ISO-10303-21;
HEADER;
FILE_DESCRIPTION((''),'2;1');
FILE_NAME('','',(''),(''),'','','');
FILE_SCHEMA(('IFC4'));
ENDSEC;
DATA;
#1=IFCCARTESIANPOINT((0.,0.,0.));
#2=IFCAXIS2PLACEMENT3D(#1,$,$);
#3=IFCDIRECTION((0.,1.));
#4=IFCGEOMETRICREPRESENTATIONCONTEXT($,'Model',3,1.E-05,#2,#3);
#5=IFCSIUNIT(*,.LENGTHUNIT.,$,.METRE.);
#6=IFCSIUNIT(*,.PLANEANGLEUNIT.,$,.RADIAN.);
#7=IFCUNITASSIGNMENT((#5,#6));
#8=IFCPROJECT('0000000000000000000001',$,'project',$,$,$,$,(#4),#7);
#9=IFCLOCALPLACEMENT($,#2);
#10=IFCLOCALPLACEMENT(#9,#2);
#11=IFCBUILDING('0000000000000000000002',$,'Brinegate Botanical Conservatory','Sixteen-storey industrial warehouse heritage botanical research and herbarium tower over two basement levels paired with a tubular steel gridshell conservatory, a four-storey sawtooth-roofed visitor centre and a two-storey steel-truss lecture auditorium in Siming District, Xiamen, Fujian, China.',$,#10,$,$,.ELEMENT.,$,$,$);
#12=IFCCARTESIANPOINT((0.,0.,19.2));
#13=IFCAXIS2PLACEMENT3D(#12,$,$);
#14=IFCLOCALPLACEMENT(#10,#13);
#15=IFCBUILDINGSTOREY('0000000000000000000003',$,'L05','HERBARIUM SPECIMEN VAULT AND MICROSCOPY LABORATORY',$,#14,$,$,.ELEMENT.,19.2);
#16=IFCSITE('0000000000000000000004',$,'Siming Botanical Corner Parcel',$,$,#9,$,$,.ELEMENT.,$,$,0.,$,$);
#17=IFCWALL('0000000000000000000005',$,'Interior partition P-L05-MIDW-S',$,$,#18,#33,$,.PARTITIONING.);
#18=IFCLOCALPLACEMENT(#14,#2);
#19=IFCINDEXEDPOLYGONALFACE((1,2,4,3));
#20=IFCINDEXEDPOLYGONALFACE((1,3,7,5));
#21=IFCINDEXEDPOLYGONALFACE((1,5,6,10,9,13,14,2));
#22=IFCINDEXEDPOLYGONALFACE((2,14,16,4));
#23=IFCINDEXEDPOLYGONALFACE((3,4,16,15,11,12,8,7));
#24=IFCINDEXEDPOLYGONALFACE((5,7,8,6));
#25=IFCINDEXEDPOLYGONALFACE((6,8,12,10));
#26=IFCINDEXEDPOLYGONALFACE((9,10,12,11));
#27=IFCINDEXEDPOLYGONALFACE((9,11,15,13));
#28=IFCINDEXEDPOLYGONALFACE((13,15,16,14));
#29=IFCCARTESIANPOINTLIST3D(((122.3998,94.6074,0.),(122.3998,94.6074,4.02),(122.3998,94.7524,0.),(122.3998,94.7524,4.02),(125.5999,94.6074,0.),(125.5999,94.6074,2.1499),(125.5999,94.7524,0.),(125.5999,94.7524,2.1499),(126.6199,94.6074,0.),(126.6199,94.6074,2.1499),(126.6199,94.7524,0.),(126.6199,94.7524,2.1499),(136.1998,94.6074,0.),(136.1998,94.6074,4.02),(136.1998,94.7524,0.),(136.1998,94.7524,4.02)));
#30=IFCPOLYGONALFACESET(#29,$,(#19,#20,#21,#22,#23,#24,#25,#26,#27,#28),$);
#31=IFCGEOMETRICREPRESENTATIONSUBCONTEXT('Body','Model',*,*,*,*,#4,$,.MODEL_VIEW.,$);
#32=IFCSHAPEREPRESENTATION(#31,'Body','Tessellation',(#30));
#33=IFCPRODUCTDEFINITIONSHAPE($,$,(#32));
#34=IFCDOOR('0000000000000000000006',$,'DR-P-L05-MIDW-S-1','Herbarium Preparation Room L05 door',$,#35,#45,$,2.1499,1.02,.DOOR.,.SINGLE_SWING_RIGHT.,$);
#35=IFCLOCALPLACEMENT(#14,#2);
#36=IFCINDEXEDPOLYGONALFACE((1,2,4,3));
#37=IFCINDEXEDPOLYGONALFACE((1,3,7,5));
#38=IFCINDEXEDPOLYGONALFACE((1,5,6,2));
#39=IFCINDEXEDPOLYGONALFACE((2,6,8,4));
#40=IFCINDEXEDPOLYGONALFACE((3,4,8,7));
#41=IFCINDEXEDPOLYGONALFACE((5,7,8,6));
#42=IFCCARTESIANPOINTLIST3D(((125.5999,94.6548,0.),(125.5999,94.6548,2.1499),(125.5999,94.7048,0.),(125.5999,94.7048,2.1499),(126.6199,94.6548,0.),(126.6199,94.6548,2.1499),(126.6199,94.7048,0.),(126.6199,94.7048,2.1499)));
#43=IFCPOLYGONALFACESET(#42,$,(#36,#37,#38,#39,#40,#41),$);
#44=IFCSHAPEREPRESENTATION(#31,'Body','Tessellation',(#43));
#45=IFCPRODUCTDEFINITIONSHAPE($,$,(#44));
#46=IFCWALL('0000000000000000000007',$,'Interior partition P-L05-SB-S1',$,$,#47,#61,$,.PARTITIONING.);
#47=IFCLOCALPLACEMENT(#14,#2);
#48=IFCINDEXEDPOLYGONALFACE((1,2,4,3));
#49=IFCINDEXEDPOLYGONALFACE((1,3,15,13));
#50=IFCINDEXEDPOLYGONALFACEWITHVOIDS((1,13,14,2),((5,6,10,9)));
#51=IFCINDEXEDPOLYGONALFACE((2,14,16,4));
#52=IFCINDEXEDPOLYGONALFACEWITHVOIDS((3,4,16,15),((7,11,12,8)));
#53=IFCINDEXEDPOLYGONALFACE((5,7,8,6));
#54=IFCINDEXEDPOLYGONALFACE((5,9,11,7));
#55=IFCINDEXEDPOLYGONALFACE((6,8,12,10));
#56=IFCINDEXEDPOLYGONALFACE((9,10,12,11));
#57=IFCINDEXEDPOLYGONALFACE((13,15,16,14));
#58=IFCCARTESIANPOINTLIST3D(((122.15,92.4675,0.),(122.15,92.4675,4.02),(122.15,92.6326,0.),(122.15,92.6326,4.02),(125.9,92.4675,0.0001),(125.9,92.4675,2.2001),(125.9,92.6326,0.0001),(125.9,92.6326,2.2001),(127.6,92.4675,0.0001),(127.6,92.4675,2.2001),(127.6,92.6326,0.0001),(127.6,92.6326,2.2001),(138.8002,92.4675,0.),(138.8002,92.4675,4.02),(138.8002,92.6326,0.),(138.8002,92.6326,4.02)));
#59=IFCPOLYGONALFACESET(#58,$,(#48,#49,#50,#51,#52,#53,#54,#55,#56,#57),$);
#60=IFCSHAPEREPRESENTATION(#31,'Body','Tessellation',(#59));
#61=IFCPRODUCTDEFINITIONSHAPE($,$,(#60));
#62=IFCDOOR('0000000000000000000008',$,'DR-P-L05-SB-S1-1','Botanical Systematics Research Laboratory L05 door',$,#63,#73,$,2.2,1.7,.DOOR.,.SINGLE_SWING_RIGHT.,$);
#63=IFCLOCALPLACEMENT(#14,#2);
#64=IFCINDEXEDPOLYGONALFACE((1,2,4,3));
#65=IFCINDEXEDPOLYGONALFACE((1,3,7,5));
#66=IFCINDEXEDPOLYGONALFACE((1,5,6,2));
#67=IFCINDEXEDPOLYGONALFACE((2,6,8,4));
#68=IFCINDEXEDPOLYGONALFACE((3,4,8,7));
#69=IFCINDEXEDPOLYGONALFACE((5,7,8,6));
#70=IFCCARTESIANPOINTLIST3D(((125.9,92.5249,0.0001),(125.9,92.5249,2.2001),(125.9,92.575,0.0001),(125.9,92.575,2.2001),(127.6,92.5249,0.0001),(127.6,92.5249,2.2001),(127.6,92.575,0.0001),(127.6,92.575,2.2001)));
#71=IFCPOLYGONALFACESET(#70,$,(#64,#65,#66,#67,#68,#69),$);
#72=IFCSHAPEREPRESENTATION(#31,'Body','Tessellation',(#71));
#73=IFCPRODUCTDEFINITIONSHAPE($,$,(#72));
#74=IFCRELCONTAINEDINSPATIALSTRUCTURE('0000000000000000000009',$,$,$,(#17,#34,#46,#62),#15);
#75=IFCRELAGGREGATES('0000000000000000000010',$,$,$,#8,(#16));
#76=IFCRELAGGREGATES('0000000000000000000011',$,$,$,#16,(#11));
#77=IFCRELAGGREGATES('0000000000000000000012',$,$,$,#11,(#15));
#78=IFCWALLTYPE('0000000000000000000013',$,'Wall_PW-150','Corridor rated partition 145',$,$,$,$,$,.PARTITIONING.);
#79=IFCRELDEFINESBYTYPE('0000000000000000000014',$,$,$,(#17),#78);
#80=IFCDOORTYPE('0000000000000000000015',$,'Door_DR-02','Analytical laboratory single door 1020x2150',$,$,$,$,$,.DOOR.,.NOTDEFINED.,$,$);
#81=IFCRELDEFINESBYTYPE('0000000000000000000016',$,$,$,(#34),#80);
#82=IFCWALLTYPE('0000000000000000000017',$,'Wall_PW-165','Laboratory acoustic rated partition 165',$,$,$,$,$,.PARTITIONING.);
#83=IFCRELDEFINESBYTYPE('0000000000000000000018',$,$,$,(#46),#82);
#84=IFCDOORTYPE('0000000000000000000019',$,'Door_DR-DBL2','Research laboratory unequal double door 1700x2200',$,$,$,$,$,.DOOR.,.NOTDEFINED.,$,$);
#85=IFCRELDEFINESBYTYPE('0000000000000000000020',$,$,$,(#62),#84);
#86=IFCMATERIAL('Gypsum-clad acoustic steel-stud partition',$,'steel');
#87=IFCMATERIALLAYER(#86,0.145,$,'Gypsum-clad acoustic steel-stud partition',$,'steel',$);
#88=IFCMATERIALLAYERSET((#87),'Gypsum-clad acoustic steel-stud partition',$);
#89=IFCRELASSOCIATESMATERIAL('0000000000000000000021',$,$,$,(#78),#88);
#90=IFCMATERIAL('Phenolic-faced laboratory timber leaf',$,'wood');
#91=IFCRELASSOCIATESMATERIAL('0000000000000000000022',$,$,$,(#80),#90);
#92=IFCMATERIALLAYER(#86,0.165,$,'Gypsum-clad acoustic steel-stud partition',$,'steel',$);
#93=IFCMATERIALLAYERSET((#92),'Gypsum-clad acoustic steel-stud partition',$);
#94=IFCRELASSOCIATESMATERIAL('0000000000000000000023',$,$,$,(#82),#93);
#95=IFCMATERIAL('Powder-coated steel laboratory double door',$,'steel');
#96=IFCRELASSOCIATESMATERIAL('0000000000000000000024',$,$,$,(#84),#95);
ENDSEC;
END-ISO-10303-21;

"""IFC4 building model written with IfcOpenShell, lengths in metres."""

from ifc_helpers import new_model, si_unit, direction, frame, frame_2d, origin, place, context, subcontext, project, spatial, rectangle, extrude, material, layer, layer_set, type_object, element, fill, save


model = new_model("IFC4")

# Units and contexts
model_context = context("Model", 3, precision=1e-05, world=origin(), true_north=direction((0.0, 1.0)))
body_context = subcontext(model_context, "Body", "Model", "MODEL_VIEW")
ifc_project = project(units=[si_unit("LENGTHUNIT", "METRE"), si_unit("PLANEANGLEUNIT", "RADIAN")], contexts=[model_context])

# Site, building, storey
site_placement = place(None, origin())
site = spatial("IfcSite", under=ifc_project, at=site_placement, Name="Siming Botanical Corner Parcel", CompositionType="ELEMENT", RefElevation=0.0)
building_placement = place(site_placement, origin())
building = spatial("IfcBuilding", under=site, at=building_placement, Name="Brinegate Botanical Conservatory", Description="Sixteen-storey industrial warehouse heritage botanical research and herbarium tower over two basement levels paired with a tubular steel gridshell conservatory, a four-storey sawtooth-roofed visitor centre and a two-storey steel-truss lecture auditorium in Siming District, Xiamen, Fujian, China.", CompositionType="ELEMENT")
storey_placement = place(building_placement, frame((0.0, 0.0, 19.2)))
storey = spatial("IfcBuildingStorey", under=building, at=storey_placement, Name="L05", Description="HERBARIUM SPECIMEN VAULT AND MICROSCOPY LABORATORY", CompositionType="ELEMENT", Elevation=19.2)

# Walls, openings, doors
ifc_material_1 = material(Name="Gypsum-clad acoustic steel-stud partition", Category="steel")
ifc_layer_1 = layer(ifc_material_1, 0.145, Name="Gypsum-clad acoustic steel-stud partition", Category="steel")
ifc_layer_set_1 = layer_set([ifc_layer_1], Name="Gypsum-clad acoustic steel-stud partition")
wall_type_1 = type_object("IfcWallType", Name="Wall_PW-150", Description="Corridor rated partition 145", PredefinedType="PARTITIONING", material=ifc_layer_set_1)
wall_1_placement = place(storey_placement, frame((122.3999, 94.6799, 0.0), z_axis=(0.0, 0.0, 1.0), x_axis=(1.0, 0.0, 0.0)))
wall_1 = element("IfcWall", 1, at=wall_1_placement, inside=storey, type_object=wall_type_1, Name="Interior partition P-L05-MIDW-S", PredefinedType="PARTITIONING", context=body_context, shape_type="SweptSolid", body=[
    extrude(rectangle(XDim=13.8, YDim=0.145, at=frame_2d((6.8999, 0.0))), origin(), (0.0, 0.0, 1.0), 4.02),
])
opening_1_placement = place(wall_1_placement, frame((3.2, 0.0, 0.0)))
opening_1 = element("IfcOpeningElement", 2, at=opening_1_placement, cuts=wall_1, PredefinedType="OPENING", context=body_context, shape_type="SweptSolid", body=[
    extrude(rectangle(XDim=1.02, YDim=2.1499, at=frame_2d((0.51, 1.075))), frame((0.0, 0.0825, 0.0), z_axis=(0.0, -1.0, 0.0), x_axis=(1.0, 0.0, 0.0)), (0.0, 0.0, 1.0), 0.165),
])
ifc_material_2 = material(Name="Phenolic-faced laboratory timber leaf", Category="wood")
door_type_1 = type_object("IfcDoorType", Name="Door_DR-02", Description="Analytical laboratory single door 1020x2150", OperationType="NOTDEFINED", PredefinedType="DOOR", material=ifc_material_2)
door_1_placement = place(opening_1_placement, origin())
door_1 = element("IfcDoor", 3, at=door_1_placement, inside=storey, type_object=door_type_1, Name="DR-P-L05-MIDW-S-1", Description="Herbarium Preparation Room L05 door", OperationType="SINGLE_SWING_RIGHT", OverallHeight=2.1499, OverallWidth=1.02, PredefinedType="DOOR", context=body_context, shape_type="SweptSolid", body=[
    extrude(rectangle(XDim=1.02, YDim=2.1499, at=frame_2d((0.51, 1.075))), frame((0.0, 0.0249, 0.0), z_axis=(0.0, -1.0, 0.0), x_axis=(1.0, 0.0, 0.0)), (0.0, 0.0, 1.0), 0.05),
])
fill(opening_1, door_1)
ifc_layer_2 = layer(ifc_material_1, 0.165, Name="Gypsum-clad acoustic steel-stud partition", Category="steel")
ifc_layer_set_2 = layer_set([ifc_layer_2], Name="Gypsum-clad acoustic steel-stud partition")
wall_type_2 = type_object("IfcWallType", Name="Wall_PW-165", Description="Laboratory acoustic rated partition 165", PredefinedType="PARTITIONING", material=ifc_layer_set_2)
wall_2_placement = place(storey_placement, frame((122.1499, 92.55, 0.0), z_axis=(0.0, 0.0, 1.0), x_axis=(1.0, 0.0, 0.0)))
wall_2 = element("IfcWall", 4, at=wall_2_placement, inside=storey, type_object=wall_type_2, Name="Interior partition P-L05-SB-S1", PredefinedType="PARTITIONING", context=body_context, shape_type="SweptSolid", body=[
    extrude(rectangle(XDim=16.6501, YDim=0.165, at=frame_2d((8.3252, 0.0))), origin(), (0.0, 0.0, 1.0), 4.02),
])
opening_2_placement = place(wall_2_placement, frame((3.75, 0.0, 0.0)))
opening_2 = element("IfcOpeningElement", 5, at=opening_2_placement, cuts=wall_2, PredefinedType="OPENING", context=body_context, shape_type="SweptSolid", body=[
    extrude(rectangle(XDim=1.7, YDim=2.2, at=frame_2d((0.8501, 1.1001))), frame((0.0, 0.0925, 0.0), z_axis=(0.0, -1.0, 0.0), x_axis=(1.0, 0.0, 0.0)), (0.0, 0.0, 1.0), 0.1851),
])
ifc_material_3 = material(Name="Powder-coated steel laboratory double door", Category="steel")
door_type_2 = type_object("IfcDoorType", Name="Door_DR-DBL2", Description="Research laboratory unequal double door 1700x2200", OperationType="NOTDEFINED", PredefinedType="DOOR", material=ifc_material_3)
door_2_placement = place(opening_2_placement, origin())
door_2 = element("IfcDoor", 6, at=door_2_placement, inside=storey, type_object=door_type_2, Name="DR-P-L05-SB-S1-1", Description="Botanical Systematics Research Laboratory L05 door", OperationType="SINGLE_SWING_RIGHT", OverallHeight=2.2, OverallWidth=1.7, PredefinedType="DOOR", context=body_context, shape_type="SweptSolid", body=[
    extrude(rectangle(XDim=1.7, YDim=2.2, at=frame_2d((0.8501, 1.1001))), frame((0.0, 0.0249, 0.0), z_axis=(0.0, -1.0, 0.0), x_axis=(1.0, 0.0, 0.0)), (0.0, 0.0, 1.0), 0.05),
])
fill(opening_2, door_2)

save(model, "model.ifc")
